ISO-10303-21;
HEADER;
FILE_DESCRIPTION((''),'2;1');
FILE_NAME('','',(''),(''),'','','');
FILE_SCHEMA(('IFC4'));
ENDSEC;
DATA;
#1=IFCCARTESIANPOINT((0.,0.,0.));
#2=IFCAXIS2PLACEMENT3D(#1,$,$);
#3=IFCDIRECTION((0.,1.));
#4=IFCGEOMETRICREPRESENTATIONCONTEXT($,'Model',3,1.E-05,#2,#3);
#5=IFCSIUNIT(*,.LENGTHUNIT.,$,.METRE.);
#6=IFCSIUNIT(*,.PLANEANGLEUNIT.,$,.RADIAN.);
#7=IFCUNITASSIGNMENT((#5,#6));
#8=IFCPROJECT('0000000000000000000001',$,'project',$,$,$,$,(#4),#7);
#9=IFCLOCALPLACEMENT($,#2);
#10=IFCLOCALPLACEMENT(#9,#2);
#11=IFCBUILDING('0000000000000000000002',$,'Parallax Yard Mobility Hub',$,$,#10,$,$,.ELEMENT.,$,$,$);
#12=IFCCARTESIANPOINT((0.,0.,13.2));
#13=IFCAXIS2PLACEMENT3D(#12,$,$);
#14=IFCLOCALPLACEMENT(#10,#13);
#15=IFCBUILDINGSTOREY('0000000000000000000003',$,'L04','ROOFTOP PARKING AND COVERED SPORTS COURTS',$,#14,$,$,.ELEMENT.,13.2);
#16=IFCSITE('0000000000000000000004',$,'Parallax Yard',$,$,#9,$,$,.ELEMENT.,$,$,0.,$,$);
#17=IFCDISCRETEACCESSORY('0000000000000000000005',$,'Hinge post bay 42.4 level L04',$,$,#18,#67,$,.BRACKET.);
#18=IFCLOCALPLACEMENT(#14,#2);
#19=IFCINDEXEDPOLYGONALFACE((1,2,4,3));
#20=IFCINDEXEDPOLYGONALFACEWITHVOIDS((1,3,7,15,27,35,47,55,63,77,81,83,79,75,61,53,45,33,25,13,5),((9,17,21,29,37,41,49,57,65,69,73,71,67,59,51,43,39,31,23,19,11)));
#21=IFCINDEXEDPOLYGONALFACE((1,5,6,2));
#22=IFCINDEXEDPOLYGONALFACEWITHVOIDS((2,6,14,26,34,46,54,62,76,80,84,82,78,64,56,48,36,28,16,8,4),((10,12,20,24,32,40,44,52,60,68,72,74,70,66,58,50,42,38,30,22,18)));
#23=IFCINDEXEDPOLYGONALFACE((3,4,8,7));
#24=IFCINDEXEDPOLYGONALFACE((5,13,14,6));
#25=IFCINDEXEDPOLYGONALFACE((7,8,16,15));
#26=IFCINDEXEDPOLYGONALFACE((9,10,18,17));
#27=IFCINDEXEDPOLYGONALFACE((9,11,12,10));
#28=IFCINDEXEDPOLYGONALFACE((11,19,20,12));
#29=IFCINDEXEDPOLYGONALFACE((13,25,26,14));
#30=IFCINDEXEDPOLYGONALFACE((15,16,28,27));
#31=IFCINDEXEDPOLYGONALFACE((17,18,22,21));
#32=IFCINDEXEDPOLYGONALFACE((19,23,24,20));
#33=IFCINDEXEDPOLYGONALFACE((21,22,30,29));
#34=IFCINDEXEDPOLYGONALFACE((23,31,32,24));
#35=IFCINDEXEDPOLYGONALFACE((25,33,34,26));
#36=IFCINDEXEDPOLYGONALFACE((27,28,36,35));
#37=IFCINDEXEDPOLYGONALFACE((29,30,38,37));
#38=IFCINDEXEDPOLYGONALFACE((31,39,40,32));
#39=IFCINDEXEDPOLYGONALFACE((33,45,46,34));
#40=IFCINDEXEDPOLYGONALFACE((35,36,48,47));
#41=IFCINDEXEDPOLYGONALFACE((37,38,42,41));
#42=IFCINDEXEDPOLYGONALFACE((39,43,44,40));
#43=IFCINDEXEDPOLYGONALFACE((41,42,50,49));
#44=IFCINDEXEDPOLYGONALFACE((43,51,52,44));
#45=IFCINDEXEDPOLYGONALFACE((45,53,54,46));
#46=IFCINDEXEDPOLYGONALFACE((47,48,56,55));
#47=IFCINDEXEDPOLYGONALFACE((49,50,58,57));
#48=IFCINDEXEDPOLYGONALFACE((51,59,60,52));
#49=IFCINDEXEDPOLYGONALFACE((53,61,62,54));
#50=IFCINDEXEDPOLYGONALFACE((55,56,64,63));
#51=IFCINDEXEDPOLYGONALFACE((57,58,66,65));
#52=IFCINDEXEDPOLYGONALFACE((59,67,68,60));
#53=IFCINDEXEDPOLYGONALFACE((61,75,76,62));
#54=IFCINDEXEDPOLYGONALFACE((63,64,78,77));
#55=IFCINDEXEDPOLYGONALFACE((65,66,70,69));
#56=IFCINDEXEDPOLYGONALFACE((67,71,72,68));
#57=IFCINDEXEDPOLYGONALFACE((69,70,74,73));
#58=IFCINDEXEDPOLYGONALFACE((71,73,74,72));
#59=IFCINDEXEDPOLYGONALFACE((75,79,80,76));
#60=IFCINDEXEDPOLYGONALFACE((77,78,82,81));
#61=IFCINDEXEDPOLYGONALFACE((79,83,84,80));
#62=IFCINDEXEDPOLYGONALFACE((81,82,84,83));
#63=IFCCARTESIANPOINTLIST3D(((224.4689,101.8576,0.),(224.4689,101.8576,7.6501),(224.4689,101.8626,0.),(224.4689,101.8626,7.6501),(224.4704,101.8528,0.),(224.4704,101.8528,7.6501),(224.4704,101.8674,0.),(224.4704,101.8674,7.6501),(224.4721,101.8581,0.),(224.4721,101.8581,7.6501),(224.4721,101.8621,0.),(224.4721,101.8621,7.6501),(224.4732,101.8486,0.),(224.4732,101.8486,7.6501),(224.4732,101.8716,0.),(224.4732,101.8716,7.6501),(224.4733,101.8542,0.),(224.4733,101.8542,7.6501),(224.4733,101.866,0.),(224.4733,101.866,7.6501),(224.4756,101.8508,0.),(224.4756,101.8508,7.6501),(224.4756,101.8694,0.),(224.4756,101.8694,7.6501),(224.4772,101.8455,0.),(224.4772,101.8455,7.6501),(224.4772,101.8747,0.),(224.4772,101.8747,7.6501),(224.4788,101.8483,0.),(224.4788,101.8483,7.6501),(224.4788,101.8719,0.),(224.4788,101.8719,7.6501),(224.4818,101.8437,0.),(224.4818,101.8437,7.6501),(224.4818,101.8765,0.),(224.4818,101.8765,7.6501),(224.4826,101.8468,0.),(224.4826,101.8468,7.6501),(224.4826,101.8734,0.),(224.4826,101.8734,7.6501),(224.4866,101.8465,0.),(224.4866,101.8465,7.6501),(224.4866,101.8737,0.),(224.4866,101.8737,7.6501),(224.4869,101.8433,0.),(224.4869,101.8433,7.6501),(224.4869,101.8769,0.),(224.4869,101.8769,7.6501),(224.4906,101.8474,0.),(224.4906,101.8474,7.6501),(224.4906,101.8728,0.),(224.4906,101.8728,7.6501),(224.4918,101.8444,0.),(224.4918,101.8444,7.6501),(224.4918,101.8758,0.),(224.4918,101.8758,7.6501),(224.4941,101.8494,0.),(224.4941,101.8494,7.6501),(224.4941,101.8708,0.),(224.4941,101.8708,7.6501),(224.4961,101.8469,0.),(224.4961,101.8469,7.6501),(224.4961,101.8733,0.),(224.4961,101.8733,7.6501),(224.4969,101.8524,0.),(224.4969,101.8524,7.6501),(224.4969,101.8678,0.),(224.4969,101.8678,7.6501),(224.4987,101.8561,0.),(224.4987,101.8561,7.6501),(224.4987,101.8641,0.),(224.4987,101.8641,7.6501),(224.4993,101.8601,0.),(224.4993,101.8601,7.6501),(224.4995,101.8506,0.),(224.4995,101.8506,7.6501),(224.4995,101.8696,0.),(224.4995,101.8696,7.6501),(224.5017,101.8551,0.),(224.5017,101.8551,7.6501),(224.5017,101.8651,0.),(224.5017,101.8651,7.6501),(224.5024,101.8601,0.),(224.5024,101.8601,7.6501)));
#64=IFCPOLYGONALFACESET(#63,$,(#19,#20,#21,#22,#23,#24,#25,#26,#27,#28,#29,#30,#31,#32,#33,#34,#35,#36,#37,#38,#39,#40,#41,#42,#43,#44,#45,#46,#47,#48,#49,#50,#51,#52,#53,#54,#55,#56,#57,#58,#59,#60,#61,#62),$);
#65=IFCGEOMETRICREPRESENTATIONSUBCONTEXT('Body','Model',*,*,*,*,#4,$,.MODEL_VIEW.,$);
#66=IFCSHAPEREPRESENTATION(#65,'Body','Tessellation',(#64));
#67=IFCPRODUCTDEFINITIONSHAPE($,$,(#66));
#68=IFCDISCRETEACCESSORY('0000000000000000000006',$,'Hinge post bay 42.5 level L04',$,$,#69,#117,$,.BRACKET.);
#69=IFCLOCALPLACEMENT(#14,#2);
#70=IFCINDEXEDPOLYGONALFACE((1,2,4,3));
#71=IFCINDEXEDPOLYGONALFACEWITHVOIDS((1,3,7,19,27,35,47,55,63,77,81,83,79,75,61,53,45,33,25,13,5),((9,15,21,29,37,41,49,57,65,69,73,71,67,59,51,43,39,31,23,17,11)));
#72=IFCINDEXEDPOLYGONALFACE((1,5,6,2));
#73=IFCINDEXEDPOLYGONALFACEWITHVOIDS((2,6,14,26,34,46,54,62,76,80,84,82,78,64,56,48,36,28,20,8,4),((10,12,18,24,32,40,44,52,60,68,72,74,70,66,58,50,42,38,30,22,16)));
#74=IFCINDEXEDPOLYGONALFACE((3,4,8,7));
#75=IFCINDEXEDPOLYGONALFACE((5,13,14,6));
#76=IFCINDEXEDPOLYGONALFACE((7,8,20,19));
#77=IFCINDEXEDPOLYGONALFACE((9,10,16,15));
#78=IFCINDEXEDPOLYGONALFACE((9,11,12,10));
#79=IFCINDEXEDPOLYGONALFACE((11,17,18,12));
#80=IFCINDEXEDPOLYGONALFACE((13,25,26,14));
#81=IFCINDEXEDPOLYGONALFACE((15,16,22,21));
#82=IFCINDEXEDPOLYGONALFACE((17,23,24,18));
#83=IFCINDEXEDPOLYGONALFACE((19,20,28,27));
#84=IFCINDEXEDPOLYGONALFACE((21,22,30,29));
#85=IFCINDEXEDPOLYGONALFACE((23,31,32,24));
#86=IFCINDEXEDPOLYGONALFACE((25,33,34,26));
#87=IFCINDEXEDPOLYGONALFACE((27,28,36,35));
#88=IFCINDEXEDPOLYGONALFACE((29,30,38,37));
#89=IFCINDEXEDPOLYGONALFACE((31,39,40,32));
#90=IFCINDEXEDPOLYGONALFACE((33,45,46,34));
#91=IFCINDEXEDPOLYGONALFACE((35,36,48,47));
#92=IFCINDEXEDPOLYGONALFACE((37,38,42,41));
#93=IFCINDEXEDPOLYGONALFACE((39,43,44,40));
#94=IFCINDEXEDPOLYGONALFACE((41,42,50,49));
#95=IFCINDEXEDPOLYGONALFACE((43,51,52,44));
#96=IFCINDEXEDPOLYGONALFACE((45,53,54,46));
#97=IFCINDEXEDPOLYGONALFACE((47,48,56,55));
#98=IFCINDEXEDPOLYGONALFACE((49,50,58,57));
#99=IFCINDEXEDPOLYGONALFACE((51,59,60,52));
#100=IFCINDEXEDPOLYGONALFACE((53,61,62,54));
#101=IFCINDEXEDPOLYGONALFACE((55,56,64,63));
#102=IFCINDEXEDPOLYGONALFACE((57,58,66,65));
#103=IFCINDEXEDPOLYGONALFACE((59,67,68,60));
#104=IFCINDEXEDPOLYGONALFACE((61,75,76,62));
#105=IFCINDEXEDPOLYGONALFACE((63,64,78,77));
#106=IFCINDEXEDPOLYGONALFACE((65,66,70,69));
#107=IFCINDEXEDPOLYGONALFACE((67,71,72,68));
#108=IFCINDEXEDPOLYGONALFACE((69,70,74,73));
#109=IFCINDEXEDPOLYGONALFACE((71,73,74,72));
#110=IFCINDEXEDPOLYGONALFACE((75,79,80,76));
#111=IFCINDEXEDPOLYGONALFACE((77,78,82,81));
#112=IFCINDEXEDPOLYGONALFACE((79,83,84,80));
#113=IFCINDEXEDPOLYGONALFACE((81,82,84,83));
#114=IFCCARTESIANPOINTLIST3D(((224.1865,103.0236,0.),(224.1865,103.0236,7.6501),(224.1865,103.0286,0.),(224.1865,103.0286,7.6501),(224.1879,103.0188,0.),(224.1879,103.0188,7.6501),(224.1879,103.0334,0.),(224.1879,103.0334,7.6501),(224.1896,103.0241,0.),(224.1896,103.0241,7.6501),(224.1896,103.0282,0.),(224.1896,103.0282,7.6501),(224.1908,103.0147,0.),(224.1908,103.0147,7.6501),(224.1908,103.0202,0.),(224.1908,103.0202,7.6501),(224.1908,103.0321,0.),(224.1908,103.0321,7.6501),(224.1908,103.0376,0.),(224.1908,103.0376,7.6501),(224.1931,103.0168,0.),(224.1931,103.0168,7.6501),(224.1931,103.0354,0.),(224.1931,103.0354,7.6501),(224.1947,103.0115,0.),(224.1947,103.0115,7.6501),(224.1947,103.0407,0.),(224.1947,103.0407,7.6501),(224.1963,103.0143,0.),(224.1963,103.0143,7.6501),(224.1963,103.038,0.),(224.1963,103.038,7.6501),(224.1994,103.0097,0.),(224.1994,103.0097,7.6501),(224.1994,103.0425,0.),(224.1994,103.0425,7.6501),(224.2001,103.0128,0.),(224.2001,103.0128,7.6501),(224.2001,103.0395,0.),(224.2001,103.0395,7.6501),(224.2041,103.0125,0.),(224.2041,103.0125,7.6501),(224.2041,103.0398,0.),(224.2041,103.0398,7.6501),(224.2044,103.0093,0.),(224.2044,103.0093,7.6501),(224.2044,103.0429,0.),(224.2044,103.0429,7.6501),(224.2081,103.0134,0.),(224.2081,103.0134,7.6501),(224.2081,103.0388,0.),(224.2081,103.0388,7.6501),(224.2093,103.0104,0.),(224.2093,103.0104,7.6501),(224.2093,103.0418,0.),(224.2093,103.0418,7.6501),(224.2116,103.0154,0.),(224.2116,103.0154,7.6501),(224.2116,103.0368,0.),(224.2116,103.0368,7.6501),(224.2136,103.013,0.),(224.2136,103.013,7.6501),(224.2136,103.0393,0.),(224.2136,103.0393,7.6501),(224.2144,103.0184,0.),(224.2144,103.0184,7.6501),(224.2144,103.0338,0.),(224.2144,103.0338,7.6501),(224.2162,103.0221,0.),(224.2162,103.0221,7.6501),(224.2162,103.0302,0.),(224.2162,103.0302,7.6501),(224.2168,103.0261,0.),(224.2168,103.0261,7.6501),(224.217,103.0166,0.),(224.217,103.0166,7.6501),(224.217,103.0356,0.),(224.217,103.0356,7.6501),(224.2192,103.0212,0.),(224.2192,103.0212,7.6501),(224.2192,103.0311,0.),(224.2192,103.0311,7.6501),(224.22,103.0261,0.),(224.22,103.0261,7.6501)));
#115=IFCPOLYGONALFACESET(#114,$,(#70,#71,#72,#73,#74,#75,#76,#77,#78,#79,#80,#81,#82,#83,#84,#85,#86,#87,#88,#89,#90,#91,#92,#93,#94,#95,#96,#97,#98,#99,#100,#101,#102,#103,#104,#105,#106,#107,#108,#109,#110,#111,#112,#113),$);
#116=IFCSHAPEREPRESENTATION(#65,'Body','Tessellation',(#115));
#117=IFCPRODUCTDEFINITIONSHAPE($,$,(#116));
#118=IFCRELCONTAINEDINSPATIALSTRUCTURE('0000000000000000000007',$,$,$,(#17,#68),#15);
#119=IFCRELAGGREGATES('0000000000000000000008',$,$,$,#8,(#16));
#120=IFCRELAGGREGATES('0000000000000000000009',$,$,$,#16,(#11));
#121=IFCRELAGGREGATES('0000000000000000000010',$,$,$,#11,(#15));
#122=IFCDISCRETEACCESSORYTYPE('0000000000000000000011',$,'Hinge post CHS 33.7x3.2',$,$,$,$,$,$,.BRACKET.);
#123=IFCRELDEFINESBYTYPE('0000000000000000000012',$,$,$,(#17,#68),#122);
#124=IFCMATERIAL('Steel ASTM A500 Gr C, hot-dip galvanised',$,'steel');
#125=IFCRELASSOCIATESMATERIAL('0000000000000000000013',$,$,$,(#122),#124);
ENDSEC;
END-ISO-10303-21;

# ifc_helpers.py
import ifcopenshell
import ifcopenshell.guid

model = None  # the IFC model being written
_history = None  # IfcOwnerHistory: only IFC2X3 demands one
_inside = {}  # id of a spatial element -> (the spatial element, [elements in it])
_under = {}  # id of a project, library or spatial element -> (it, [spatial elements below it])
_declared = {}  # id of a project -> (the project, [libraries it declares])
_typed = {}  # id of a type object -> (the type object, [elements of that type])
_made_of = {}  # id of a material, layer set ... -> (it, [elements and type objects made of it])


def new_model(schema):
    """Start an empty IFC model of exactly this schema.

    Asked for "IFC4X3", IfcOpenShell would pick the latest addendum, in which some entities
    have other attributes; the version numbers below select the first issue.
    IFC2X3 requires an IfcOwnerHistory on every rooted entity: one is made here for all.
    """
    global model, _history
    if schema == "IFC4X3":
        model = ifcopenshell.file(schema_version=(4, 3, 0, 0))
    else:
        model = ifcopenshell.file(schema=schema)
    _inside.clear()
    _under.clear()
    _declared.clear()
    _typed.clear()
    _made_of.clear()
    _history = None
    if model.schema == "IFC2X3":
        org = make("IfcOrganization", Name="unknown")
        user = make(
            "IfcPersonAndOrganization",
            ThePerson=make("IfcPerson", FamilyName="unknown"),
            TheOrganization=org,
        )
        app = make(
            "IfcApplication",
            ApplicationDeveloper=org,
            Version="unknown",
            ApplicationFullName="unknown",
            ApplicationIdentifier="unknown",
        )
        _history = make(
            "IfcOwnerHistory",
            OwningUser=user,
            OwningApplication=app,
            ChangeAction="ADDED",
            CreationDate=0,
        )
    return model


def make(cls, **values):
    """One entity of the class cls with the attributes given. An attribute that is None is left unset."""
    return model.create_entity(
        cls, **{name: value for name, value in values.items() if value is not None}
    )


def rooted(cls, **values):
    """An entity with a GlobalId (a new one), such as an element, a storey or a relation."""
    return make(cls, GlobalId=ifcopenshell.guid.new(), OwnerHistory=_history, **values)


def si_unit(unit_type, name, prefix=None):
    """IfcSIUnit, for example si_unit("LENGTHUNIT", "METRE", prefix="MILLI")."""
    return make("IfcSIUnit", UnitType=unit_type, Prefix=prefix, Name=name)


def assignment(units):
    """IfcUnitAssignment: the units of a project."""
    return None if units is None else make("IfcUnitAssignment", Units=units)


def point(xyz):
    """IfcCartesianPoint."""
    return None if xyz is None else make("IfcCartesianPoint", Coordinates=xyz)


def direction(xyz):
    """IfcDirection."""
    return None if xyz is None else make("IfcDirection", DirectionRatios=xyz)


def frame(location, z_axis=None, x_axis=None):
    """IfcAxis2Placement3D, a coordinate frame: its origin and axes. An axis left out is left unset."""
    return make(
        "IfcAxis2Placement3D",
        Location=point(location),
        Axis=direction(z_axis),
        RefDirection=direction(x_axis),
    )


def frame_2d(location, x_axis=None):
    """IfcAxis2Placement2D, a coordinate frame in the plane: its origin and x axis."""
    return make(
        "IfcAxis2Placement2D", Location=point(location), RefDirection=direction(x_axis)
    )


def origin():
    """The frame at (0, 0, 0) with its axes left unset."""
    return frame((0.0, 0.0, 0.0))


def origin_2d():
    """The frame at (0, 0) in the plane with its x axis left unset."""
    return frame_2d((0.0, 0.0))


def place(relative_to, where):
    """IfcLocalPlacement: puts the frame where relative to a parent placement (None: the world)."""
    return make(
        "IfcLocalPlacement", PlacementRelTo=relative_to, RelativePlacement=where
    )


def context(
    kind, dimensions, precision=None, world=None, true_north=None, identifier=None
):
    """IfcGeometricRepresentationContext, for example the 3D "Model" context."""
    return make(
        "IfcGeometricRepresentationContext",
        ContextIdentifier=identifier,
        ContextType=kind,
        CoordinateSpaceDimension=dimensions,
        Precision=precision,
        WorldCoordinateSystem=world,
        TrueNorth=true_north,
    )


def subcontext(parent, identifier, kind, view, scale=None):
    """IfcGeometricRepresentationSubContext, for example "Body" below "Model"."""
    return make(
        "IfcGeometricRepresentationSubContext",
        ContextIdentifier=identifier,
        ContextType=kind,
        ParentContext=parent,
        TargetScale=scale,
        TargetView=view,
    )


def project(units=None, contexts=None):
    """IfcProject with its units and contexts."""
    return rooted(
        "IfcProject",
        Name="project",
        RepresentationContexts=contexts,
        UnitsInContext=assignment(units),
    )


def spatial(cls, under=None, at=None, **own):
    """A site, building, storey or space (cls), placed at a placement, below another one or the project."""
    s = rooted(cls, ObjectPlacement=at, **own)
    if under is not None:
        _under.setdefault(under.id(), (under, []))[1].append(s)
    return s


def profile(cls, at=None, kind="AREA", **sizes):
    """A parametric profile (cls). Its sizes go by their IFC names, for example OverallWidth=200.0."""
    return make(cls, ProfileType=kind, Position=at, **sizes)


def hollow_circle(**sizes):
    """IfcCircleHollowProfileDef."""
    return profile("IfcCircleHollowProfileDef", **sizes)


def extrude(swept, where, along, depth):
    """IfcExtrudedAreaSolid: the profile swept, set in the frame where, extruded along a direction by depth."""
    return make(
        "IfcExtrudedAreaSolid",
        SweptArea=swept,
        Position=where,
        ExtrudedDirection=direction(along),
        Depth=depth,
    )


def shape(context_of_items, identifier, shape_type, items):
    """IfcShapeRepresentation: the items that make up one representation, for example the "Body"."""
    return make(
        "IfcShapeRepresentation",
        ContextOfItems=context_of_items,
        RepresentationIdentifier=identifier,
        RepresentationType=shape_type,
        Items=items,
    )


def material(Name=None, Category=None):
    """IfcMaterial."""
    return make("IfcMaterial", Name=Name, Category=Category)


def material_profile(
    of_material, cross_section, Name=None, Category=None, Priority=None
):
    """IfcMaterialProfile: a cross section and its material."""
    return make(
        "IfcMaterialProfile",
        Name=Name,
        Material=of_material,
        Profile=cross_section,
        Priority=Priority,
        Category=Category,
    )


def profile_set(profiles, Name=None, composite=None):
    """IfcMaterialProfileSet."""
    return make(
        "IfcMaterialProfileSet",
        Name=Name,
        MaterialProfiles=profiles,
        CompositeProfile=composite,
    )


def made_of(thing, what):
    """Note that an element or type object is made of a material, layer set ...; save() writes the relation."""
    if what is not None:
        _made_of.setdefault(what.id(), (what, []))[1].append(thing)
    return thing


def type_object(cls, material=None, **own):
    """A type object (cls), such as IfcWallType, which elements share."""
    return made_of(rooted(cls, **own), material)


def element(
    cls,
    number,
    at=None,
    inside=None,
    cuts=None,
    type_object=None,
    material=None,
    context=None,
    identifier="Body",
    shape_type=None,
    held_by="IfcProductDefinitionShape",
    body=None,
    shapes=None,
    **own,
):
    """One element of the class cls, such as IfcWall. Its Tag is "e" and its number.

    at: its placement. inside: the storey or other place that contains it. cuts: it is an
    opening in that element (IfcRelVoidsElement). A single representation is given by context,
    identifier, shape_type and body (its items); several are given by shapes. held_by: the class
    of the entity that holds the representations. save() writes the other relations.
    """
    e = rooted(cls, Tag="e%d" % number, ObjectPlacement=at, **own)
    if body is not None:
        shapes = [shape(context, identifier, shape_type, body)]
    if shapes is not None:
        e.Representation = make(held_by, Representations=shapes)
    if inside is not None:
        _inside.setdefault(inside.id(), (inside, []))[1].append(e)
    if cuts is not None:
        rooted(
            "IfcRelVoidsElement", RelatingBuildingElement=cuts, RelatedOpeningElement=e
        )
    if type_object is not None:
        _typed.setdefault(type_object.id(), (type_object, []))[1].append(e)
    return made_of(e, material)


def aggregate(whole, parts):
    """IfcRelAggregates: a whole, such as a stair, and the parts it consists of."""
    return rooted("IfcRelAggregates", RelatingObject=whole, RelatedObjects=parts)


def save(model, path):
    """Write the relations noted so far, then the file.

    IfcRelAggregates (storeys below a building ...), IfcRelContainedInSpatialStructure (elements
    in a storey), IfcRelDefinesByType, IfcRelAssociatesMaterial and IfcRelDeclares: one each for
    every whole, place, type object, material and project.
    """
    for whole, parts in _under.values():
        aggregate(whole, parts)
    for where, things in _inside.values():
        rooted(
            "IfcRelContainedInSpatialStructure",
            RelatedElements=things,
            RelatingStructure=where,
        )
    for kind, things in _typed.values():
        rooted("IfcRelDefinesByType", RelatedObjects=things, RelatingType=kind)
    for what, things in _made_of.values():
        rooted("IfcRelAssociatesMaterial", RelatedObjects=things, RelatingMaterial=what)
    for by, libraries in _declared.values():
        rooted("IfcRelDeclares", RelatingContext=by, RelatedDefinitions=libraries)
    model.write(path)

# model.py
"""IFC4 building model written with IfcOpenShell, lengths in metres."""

from ifc_helpers import new_model, si_unit, direction, frame, origin, origin_2d, place, context, subcontext, project, spatial, hollow_circle, extrude, material, material_profile, profile_set, type_object, element, save


model = new_model("IFC4")

# Units and contexts
model_context = context("Model", 3, precision=1e-05, world=origin(), true_north=direction((0.0, 1.0)))
body_context = subcontext(model_context, "Body", "Model", "MODEL_VIEW")
ifc_project = project(units=[si_unit("LENGTHUNIT", "METRE"), si_unit("PLANEANGLEUNIT", "RADIAN")], contexts=[model_context])

# Site, building, storey
site_placement = place(None, origin())
site = spatial("IfcSite", under=ifc_project, at=site_placement, Name="Parallax Yard", CompositionType="ELEMENT", RefElevation=0.0)
building_placement = place(site_placement, origin())
building = spatial("IfcBuilding", under=site, at=building_placement, Name="Parallax Yard Mobility Hub", CompositionType="ELEMENT")
storey_placement = place(building_placement, frame((0.0, 0.0, 13.2)))
storey = spatial("IfcBuildingStorey", under=building, at=storey_placement, Name="L04", Description="ROOFTOP PARKING AND COVERED SPORTS COURTS", CompositionType="ELEMENT", Elevation=13.2)

# Discrete accessories
ifc_material_1 = material(Name="Steel ASTM A500 Gr C, hot-dip galvanised", Category="steel")
ifc_material_profile = material_profile(ifc_material_1, hollow_circle(Radius=0.0168, WallThickness=0.0032, at=origin_2d()), Name="CHS 33.7x3.2")
ifc_profile_set = profile_set([ifc_material_profile], Name="Steel ASTM A500 Gr C, hot-dip galvanised")
discrete_accessory_type_1 = type_object("IfcDiscreteAccessoryType", Name="Hinge post CHS 33.7x3.2", PredefinedType="BRACKET", material=ifc_profile_set)
for number, where, z_axis, x_axis, name in (
    (1, (224.4856, 101.8601, 0.0), (0.0, 0.0, 1.0), (1.0, 0.0, 0.0), "Hinge post bay 42.4 level L04"),
    (2, (224.2031, 103.0261, 0.0), (0.0, 0.0, 1.0), (1.0, 0.0, 0.0), "Hinge post bay 42.5 level L04"),
):
    element("IfcDiscreteAccessory", number, at=place(storey_placement, frame(where, z_axis=z_axis, x_axis=x_axis)), inside=storey, type_object=discrete_accessory_type_1, Name=name, PredefinedType="BRACKET", context=body_context, shape_type="SweptSolid", body=[
        extrude(hollow_circle(Radius=0.0168, WallThickness=0.0032, at=origin_2d()), origin(), (0.0, 0.0, 1.0), 7.6501),
    ])

save(model, "model.ifc")
